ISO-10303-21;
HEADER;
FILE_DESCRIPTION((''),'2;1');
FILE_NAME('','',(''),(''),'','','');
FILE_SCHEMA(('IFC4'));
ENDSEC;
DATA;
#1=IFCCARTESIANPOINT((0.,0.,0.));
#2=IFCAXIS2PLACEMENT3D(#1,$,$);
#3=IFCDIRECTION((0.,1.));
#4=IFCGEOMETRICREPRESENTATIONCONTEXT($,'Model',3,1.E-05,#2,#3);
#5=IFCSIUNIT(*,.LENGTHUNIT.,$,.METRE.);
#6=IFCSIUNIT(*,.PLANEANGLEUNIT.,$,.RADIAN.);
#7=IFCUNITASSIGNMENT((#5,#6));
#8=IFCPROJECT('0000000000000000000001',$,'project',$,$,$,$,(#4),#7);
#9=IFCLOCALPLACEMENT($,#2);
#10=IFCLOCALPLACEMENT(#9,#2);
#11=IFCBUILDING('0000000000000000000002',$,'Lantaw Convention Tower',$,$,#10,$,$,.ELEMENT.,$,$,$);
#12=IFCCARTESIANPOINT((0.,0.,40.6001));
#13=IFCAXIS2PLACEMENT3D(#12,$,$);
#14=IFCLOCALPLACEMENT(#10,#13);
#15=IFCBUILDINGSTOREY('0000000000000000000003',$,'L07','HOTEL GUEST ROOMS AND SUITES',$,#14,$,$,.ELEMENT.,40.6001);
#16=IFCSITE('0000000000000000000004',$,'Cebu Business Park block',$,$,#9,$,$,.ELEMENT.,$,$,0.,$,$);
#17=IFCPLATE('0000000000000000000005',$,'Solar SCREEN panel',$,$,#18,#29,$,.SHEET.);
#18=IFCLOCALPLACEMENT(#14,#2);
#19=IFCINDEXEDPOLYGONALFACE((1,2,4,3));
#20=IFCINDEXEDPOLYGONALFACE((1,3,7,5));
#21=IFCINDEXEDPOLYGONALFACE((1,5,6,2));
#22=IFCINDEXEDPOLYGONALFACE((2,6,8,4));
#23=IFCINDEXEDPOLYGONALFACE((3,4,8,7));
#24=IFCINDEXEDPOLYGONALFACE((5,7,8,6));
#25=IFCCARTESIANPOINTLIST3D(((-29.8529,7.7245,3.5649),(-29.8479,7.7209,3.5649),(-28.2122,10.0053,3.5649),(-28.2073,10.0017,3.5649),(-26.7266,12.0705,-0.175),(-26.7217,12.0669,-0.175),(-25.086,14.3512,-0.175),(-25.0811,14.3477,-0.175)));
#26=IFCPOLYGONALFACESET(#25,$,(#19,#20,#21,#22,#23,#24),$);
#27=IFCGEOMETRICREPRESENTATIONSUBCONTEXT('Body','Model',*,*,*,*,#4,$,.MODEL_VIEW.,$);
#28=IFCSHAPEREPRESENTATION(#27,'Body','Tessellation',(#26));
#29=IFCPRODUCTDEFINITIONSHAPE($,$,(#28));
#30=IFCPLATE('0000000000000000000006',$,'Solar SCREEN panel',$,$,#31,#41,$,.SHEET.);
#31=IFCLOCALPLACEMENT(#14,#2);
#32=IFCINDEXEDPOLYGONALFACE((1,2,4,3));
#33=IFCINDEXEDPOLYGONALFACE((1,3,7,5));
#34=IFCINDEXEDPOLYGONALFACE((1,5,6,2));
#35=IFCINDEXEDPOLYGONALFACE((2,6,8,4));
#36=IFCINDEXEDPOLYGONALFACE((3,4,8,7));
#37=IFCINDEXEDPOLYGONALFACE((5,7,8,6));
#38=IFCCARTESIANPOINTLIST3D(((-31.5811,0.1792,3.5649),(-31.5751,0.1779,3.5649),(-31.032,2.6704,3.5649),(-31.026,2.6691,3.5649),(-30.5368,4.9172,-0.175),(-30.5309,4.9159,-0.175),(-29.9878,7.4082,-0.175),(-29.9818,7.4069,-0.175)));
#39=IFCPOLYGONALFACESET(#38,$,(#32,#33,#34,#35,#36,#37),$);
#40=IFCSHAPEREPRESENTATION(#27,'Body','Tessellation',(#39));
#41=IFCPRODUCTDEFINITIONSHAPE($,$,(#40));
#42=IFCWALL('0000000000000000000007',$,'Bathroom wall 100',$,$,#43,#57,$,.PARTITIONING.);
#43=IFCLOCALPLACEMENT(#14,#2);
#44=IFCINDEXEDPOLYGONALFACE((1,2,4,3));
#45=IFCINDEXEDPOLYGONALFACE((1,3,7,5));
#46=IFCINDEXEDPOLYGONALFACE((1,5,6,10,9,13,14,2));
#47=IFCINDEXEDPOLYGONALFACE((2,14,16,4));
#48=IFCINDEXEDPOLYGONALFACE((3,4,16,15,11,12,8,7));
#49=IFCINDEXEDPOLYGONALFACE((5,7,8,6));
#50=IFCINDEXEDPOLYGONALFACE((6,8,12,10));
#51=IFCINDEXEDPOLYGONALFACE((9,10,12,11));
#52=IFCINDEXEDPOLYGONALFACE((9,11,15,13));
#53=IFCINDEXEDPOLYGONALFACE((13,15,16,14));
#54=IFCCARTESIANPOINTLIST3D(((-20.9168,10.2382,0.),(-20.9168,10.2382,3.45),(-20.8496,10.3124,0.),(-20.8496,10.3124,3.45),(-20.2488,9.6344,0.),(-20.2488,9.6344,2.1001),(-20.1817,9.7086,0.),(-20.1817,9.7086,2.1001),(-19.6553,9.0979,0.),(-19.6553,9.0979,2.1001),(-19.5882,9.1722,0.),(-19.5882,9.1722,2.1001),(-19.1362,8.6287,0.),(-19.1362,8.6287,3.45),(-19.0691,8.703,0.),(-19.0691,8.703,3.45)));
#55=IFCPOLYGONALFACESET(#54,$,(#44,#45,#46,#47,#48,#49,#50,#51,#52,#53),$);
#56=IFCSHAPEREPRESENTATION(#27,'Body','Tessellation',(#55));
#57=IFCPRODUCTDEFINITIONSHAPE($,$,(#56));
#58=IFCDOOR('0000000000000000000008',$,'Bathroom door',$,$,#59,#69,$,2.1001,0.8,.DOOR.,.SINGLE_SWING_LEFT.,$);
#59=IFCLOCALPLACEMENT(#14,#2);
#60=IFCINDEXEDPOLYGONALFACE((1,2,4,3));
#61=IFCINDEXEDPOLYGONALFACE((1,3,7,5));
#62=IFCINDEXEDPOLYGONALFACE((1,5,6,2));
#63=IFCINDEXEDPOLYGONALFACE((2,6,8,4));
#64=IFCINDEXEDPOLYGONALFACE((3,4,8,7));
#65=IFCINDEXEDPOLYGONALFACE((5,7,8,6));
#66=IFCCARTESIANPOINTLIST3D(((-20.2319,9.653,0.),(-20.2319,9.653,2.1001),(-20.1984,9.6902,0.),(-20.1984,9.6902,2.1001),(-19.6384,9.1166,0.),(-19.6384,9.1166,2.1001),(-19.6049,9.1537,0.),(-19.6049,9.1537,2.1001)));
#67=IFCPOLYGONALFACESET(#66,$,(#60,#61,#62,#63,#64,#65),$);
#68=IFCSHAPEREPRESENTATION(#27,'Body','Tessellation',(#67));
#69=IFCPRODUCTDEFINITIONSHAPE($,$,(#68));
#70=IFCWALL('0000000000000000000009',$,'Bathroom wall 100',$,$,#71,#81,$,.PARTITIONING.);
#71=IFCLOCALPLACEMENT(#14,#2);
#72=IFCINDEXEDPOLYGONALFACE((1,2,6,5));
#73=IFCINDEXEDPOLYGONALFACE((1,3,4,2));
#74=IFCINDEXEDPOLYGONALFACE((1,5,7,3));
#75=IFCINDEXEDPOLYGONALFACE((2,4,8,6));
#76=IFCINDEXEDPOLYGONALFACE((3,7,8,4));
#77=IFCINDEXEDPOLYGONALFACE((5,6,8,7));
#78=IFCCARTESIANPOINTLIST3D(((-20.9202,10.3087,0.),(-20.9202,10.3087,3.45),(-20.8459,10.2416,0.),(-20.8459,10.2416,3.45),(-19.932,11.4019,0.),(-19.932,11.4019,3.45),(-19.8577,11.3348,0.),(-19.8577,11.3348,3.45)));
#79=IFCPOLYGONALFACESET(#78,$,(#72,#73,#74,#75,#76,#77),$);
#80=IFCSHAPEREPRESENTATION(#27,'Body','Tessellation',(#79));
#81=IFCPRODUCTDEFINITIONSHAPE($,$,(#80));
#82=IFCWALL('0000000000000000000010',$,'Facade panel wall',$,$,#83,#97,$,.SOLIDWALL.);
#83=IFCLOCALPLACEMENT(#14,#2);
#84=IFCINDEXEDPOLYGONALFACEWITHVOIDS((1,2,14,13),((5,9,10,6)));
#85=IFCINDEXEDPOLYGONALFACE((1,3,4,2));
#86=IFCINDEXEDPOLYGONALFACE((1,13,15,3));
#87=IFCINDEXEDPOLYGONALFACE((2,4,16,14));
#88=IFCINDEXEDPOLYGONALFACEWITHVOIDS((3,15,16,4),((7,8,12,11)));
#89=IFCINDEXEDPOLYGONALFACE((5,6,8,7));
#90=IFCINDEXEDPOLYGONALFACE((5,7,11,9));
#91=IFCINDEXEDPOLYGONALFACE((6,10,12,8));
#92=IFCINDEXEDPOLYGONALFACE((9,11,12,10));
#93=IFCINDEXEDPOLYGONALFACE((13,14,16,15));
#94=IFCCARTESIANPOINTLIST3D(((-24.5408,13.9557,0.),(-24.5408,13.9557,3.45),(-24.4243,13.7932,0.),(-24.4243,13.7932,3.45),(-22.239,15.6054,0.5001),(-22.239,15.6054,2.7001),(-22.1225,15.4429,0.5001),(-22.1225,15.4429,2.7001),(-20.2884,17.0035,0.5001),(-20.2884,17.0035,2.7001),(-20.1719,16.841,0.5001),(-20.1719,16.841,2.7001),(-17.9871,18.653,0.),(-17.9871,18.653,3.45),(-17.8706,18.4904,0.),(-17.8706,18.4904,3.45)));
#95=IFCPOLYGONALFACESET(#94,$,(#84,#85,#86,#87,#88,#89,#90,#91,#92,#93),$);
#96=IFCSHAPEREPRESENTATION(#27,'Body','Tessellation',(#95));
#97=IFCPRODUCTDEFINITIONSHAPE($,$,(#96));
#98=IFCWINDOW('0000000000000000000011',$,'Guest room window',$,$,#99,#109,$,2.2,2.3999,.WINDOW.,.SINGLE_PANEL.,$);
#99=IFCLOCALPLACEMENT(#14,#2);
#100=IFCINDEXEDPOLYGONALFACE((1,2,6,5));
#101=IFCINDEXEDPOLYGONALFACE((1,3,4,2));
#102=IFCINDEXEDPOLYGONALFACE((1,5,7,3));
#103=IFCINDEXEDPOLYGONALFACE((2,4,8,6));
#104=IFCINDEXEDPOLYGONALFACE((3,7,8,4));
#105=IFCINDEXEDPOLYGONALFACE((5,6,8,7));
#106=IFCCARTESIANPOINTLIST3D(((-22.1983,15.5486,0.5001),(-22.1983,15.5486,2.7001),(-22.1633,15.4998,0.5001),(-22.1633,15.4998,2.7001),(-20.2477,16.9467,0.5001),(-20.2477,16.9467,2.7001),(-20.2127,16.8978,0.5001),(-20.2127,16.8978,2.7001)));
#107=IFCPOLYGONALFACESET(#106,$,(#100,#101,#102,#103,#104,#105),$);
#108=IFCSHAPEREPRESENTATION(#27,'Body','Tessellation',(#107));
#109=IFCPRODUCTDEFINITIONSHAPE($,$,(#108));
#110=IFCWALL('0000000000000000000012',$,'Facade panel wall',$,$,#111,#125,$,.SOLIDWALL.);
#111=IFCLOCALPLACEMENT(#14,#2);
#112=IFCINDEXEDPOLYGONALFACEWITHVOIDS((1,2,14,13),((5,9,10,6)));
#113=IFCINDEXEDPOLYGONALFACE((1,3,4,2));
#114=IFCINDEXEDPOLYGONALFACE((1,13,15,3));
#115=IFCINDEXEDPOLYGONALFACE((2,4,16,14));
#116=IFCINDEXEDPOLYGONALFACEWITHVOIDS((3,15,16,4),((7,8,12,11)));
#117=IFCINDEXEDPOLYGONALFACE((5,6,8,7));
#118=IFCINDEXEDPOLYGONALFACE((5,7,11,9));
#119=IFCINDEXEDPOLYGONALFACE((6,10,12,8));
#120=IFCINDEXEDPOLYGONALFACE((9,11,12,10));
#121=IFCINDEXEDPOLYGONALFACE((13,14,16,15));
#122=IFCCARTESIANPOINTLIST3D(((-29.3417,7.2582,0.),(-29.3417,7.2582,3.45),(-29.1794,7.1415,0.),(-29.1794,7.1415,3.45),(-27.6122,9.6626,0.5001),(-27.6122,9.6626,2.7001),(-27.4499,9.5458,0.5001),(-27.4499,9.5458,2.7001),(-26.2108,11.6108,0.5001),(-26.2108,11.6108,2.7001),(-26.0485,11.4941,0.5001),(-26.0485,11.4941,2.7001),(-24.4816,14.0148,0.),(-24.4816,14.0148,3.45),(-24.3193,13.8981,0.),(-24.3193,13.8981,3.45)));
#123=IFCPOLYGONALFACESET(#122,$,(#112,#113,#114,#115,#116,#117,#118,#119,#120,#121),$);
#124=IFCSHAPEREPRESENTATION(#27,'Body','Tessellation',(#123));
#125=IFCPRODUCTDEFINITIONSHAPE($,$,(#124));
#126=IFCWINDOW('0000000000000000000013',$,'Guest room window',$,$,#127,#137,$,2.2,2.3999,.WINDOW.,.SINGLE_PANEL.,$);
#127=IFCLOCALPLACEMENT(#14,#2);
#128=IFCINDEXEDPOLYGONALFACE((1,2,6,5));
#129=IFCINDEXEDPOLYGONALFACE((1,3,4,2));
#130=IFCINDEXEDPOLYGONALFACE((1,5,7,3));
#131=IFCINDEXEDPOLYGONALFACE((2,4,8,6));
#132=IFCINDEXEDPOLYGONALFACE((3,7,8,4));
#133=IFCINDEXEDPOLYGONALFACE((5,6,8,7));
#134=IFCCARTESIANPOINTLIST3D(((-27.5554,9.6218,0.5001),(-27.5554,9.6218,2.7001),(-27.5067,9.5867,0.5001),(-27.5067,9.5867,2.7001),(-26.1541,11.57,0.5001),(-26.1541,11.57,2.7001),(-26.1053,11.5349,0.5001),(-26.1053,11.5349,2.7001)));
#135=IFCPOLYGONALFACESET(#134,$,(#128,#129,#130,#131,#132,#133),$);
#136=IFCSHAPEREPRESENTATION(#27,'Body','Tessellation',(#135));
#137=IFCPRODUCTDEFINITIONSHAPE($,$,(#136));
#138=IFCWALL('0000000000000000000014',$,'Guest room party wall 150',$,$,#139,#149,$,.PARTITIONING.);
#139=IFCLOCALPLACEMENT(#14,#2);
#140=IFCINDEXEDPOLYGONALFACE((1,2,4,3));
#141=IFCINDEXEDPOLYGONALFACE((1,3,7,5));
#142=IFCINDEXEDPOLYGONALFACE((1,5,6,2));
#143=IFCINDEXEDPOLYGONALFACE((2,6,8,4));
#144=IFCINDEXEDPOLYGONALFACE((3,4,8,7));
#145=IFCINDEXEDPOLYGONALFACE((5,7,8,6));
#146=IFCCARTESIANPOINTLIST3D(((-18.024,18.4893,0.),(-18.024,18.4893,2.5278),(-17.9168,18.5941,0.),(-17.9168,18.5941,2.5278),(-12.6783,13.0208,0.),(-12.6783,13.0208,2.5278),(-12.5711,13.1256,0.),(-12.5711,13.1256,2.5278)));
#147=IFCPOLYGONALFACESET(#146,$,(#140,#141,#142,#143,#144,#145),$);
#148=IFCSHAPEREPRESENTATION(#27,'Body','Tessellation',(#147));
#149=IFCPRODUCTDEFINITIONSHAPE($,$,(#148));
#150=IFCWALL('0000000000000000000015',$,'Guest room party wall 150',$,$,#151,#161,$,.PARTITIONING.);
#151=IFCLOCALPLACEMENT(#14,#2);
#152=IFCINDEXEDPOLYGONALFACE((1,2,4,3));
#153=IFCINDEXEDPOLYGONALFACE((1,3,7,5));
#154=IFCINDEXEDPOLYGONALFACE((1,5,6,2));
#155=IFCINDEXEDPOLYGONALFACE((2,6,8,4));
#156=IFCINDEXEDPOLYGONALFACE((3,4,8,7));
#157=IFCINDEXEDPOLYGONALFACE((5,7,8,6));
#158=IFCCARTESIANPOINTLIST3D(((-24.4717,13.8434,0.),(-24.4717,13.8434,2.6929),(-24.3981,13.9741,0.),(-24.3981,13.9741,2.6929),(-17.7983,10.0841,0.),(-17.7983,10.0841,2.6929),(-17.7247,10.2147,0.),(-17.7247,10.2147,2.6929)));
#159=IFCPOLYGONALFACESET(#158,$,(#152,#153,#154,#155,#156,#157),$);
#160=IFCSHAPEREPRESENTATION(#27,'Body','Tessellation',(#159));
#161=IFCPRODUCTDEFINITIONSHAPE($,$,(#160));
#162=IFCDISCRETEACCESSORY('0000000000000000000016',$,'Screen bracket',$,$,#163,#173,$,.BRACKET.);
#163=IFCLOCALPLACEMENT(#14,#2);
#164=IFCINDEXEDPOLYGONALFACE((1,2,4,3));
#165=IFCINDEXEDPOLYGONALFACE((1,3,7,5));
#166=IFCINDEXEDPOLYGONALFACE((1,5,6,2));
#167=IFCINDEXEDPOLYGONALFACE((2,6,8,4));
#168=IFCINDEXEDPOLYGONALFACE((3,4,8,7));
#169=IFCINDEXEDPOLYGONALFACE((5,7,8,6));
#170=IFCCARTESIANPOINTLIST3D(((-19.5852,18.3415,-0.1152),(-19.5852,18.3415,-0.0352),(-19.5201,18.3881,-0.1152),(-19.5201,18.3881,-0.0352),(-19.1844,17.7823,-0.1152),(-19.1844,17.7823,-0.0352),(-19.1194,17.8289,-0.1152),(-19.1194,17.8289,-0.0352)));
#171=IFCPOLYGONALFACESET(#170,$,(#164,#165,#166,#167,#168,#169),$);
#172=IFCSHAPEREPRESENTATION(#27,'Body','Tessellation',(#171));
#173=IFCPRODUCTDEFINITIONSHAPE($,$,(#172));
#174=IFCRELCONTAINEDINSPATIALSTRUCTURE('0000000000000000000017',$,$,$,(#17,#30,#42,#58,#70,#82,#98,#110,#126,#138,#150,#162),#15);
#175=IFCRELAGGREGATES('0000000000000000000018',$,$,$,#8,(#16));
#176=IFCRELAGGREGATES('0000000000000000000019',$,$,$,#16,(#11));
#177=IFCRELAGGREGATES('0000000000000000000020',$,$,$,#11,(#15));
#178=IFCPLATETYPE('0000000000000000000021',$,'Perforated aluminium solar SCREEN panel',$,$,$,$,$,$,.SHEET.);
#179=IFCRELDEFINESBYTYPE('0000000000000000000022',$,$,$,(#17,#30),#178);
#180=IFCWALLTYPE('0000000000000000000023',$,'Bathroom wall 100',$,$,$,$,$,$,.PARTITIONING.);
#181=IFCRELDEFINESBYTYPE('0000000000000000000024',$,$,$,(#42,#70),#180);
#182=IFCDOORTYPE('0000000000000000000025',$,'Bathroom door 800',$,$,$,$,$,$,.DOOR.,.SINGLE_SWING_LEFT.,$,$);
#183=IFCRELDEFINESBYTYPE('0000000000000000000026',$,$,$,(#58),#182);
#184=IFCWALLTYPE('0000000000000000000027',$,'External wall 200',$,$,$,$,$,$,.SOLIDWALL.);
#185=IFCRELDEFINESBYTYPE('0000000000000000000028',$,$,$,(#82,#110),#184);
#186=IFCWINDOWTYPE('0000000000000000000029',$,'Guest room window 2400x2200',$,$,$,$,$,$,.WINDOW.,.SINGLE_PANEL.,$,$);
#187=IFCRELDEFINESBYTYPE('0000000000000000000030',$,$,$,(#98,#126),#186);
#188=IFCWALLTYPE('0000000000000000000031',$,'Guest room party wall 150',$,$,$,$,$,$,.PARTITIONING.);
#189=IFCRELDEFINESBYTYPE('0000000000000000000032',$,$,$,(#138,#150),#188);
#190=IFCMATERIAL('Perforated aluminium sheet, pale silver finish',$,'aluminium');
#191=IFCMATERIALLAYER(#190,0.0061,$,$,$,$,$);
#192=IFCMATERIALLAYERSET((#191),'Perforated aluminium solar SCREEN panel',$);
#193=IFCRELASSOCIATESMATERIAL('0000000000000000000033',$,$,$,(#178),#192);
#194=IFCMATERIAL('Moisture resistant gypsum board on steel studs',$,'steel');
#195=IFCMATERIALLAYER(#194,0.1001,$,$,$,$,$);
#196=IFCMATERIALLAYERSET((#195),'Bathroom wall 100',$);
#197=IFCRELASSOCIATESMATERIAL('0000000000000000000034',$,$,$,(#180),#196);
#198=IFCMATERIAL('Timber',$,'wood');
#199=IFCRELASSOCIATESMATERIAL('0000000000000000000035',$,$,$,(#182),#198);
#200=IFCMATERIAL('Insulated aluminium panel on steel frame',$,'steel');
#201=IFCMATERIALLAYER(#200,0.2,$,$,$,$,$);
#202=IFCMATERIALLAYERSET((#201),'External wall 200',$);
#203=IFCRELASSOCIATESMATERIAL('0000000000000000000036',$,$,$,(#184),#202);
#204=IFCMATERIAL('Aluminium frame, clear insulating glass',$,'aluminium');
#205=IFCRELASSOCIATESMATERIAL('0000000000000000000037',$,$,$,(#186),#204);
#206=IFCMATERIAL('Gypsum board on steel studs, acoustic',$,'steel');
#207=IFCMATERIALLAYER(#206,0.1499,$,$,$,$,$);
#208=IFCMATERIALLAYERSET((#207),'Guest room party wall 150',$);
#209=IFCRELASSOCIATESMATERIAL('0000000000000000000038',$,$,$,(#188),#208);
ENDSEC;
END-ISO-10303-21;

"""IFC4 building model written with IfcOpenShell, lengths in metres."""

from ifc_helpers import new_model, si_unit, direction, frame, frame_2d, origin, origin_2d, place, context, subcontext, project, spatial, polyline, rectangle, outline, extrude, material, layer, layer_set, type_object, element, fill, save


model = new_model("IFC4")

# Units and contexts
model_context = context("Model", 3, precision=1e-05, world=origin(), true_north=direction((0.0, 1.0)))
body_context = subcontext(model_context, "Body", "Model", "MODEL_VIEW")
ifc_project = project(units=[si_unit("LENGTHUNIT", "METRE"), si_unit("PLANEANGLEUNIT", "RADIAN")], contexts=[model_context])

# Site, building, storey
site_placement = place(None, origin())
site = spatial("IfcSite", under=ifc_project, at=site_placement, Name="Cebu Business Park block", CompositionType="ELEMENT", RefElevation=0.0)
building_placement = place(site_placement, origin())
building = spatial("IfcBuilding", under=site, at=building_placement, Name="Lantaw Convention Tower", CompositionType="ELEMENT")
storey_placement = place(building_placement, frame((0.0, 0.0, 40.6001)))
storey = spatial("IfcBuildingStorey", under=building, at=storey_placement, Name="L07", Description="HOTEL GUEST ROOMS AND SUITES", CompositionType="ELEMENT", Elevation=40.6001)

# Plates
ifc_material_1 = material(Name="Perforated aluminium sheet, pale silver finish", Category="aluminium")
ifc_layer_1 = layer(ifc_material_1, 0.0061)
ifc_layer_set_1 = layer_set([ifc_layer_1], Name="Perforated aluminium solar SCREEN panel")
plate_type = type_object("IfcPlateType", Name="Perforated aluminium solar SCREEN panel", PredefinedType="SHEET", material=ifc_layer_set_1)
plate_1_placement = place(storey_placement, frame((-25.0811, 14.3477, -0.175), z_axis=(0.811791, -0.583948, 0.000009), x_axis=(-0.583948, -0.811791, 0.0)))
element("IfcPlate", 1, at=plate_1_placement, inside=storey, type_object=plate_type, Name="Solar SCREEN panel", PredefinedType="SHEET", context=body_context, shape_type="SweptSolid", body=[
    extrude(outline(polyline([(0.0, 0.0), (2.8095, 0.0), (8.1631, -3.74), (5.3536, -3.74), (0.0, 0.0)])), origin(), (0.0, 0.0, -1.0), 0.0061),
])
plate_2_placement = place(storey_placement, frame((-29.9878, 7.4082, -0.175), z_axis=(-0.976559, 0.215248, 0.00003), x_axis=(-0.215248, -0.976559, 0.0)))
element("IfcPlate", 2, at=plate_2_placement, inside=storey, type_object=plate_type, Name="Solar SCREEN panel", PredefinedType="SHEET", context=body_context, shape_type="SweptSolid", body=[
    extrude(outline(polyline([(0.0, 0.0), (2.5508, 0.0), (7.4025, 3.74), (4.8515, 3.74), (0.0, 0.0)])), origin(), (0.0, 0.0, -1.0), 0.0061),
])

# Wall, opening, door
ifc_material_2 = material(Name="Moisture resistant gypsum board on steel studs", Category="steel")
ifc_layer_2 = layer(ifc_material_2, 0.1001)
ifc_layer_set_2 = layer_set([ifc_layer_2], Name="Bathroom wall 100")
wall_type_1 = type_object("IfcWallType", Name="Bathroom wall 100", PredefinedType="PARTITIONING", material=ifc_layer_set_2)
wall_1_placement = place(storey_placement, frame((-19.1025, 8.6658, 0.0), z_axis=(0.0, 0.0, 1.0), x_axis=(-0.741861, 0.670554, 0.0)))
wall_1 = element("IfcWall", 3, at=wall_1_placement, inside=storey, type_object=wall_type_1, Name="Bathroom wall 100", PredefinedType="PARTITIONING", context=body_context, shape_type="SweptSolid", body=[
    extrude(rectangle(XDim=2.4001, YDim=0.1001, at=frame_2d((1.2002, 0.0))), origin(), (0.0, 0.0, 1.0), 3.45),
])
opening_1_placement = place(wall_1_placement, frame((0.7, 0.0, 0.0)))
opening_1 = element("IfcOpeningElement", 4, at=opening_1_placement, cuts=wall_1, PredefinedType="OPENING", context=body_context, shape_type="SweptSolid", body=[
    extrude(rectangle(XDim=0.8, YDim=2.1001, at=frame_2d((0.3999, 1.05))), frame((0.0, 0.0601, 0.0), z_axis=(0.0, -1.0, 0.0), x_axis=(1.0, 0.0, 0.0)), (0.0, 0.0, 1.0), 0.1201),
])
ifc_material_3 = material(Name="Timber", Category="wood")
door_type = type_object("IfcDoorType", Name="Bathroom door 800", OperationType="SINGLE_SWING_LEFT", PredefinedType="DOOR", material=ifc_material_3)
door_placement = place(opening_1_placement, origin())
door = element("IfcDoor", 5, at=door_placement, inside=storey, type_object=door_type, Name="Bathroom door", OperationType="SINGLE_SWING_LEFT", OverallHeight=2.1001, OverallWidth=0.8, PredefinedType="DOOR", context=body_context, shape_type="SweptSolid", body=[
    extrude(rectangle(XDim=0.8, YDim=2.1001, at=frame_2d((0.3999, 1.05))), frame((0.0, 0.0249, 0.0), z_axis=(0.0, -1.0, 0.0), x_axis=(1.0, 0.0, 0.0)), (0.0, 0.0, 1.0), 0.05),
])
fill(opening_1, door)

# Wall
wall_2_placement = place(storey_placement, frame((-20.8831, 10.2751, 0.0), z_axis=(0.0, 0.0, 1.0), x_axis=(0.670592, 0.741826, 0.0)))
element("IfcWall", 6, at=wall_2_placement, inside=storey, type_object=wall_type_1, Name="Bathroom wall 100", PredefinedType="PARTITIONING", context=body_context, shape_type="SweptSolid", body=[
    extrude(rectangle(XDim=1.4736, YDim=0.1001, at=frame_2d((0.7368, 0.0))), origin(), (0.0, 0.0, 1.0), 3.45),
])

# Walls, openings, windows
ifc_material_4 = material(Name="Insulated aluminium panel on steel frame", Category="steel")
ifc_layer_3 = layer(ifc_material_4, 0.2)
ifc_layer_set_3 = layer_set([ifc_layer_3], Name="External wall 200")
wall_type_2 = type_object("IfcWallType", Name="External wall 200", PredefinedType="SOLIDWALL", material=ifc_layer_set_3)
wall_3_placement = place(storey_placement, frame((-17.9287, 18.5718, 0.0), z_axis=(0.0, 0.0, 1.0), x_axis=(-0.812791, -0.582555, 0.0)))
wall_3 = element("IfcWall", 7, at=wall_3_placement, inside=storey, type_object=wall_type_2, Name="Facade panel wall", PredefinedType="SOLIDWALL", context=body_context, shape_type="SweptSolid", body=[
    extrude(rectangle(XDim=8.0632, YDim=0.2, at=frame_2d((4.0317, 0.0))), origin(), (0.0, 0.0, 1.0), 3.45),
])
opening_2_placement = place(wall_3_placement, frame((2.8315, 0.0, 0.5)))
opening_2 = element("IfcOpeningElement", 8, at=opening_2_placement, cuts=wall_3, PredefinedType="OPENING", context=body_context, shape_type="SweptSolid", body=[
    extrude(rectangle(XDim=2.3999, YDim=2.2, at=frame_2d((1.2, 1.1001))), frame((0.0, 0.1099, 0.0), z_axis=(0.0, -1.0, 0.0), x_axis=(1.0, 0.0, 0.0)), (0.0, 0.0, 1.0), 0.22),
])
ifc_material_5 = material(Name="Aluminium frame, clear insulating glass", Category="aluminium")
window_type = type_object("IfcWindowType", Name="Guest room window 2400x2200", PartitioningType="SINGLE_PANEL", PredefinedType="WINDOW", material=ifc_material_5)
window_1_placement = place(opening_2_placement, origin())
window_1 = element("IfcWindow", 9, at=window_1_placement, inside=storey, type_object=window_type, Name="Guest room window", OverallHeight=2.2, OverallWidth=2.3999, PartitioningType="SINGLE_PANEL", PredefinedType="WINDOW", context=body_context, shape_type="SweptSolid", body=[
    extrude(rectangle(XDim=2.3999, YDim=2.2, at=frame_2d((1.2, 1.1001))), frame((0.0, 0.03, 0.0), z_axis=(0.0, -1.0, 0.0), x_axis=(1.0, 0.0, 0.0)), (0.0, 0.0, 1.0), 0.0601),
])
fill(opening_2, window_1)
wall_4_placement = place(storey_placement, frame((-24.4004, 13.9565, 0.0), z_axis=(0.0, 0.0, 1.0), x_axis=(-0.583938, -0.811799, 0.0)))
wall_4 = element("IfcWall", 10, at=wall_4_placement, inside=storey, type_object=wall_type_2, Name="Facade panel wall", PredefinedType="SOLIDWALL", context=body_context, shape_type="SweptSolid", body=[
    extrude(rectangle(XDim=8.323, YDim=0.2, at=frame_2d((4.1616, 0.0))), origin(), (0.0, 0.0, 1.0), 3.45),
])
opening_3_placement = place(wall_4_placement, frame((2.9614, 0.0, 0.5)))
opening_3 = element("IfcOpeningElement", 11, at=opening_3_placement, cuts=wall_4, PredefinedType="OPENING", context=body_context, shape_type="SweptSolid", body=[
    extrude(rectangle(XDim=2.3999, YDim=2.2, at=frame_2d((1.2, 1.1001))), frame((0.0, 0.1099, 0.0), z_axis=(0.0, -1.0, 0.0), x_axis=(1.0, 0.0, 0.0)), (0.0, 0.0, 1.0), 0.22),
])
window_2_placement = place(opening_3_placement, origin())
window_2 = element("IfcWindow", 12, at=window_2_placement, inside=storey, type_object=window_type, Name="Guest room window", OverallHeight=2.2, OverallWidth=2.3999, PartitioningType="SINGLE_PANEL", PredefinedType="WINDOW", context=body_context, shape_type="SweptSolid", body=[
    extrude(rectangle(XDim=2.3999, YDim=2.2, at=frame_2d((1.2, 1.1001))), frame((0.0, 0.03, 0.0), z_axis=(0.0, -1.0, 0.0), x_axis=(1.0, 0.0, 0.0)), (0.0, 0.0, 1.0), 0.0601),
])
fill(opening_3, window_2)

# Walls
ifc_material_6 = material(Name="Gypsum board on steel studs, acoustic", Category="steel")
ifc_layer_4 = layer(ifc_material_6, 0.1499)
ifc_layer_set_4 = layer_set([ifc_layer_4], Name="Guest room party wall 150")
wall_type_3 = type_object("IfcWallType", Name="Guest room party wall 150", PredefinedType="PARTITIONING", material=ifc_layer_set_4)
wall_5_placement = place(storey_placement, frame((-17.9705, 18.5417, 0.0), z_axis=(0.0, 0.0, 1.0), x_axis=(0.699032, -0.71509, 0.0)))
element("IfcWall", 13, at=wall_5_placement, inside=storey, type_object=wall_type_3, Name="Guest room party wall 150", PredefinedType="PARTITIONING", context=body_context, shape_type="SweptSolid", body=[
    extrude(rectangle(XDim=7.6472, YDim=0.1499, at=frame_2d((3.8237, 0.0))), origin(), (0.0, 0.0, 1.0), 2.5278),
])
wall_6_placement = place(storey_placement, frame((-24.4348, 13.9087, 0.0), z_axis=(0.0, 0.0, 1.0), x_axis=(0.871267, -0.490809, 0.0)))
element("IfcWall", 14, at=wall_6_placement, inside=storey, type_object=wall_type_3, Name="Guest room party wall 150", PredefinedType="PARTITIONING", context=body_context, shape_type="SweptSolid", body=[
    extrude(rectangle(XDim=7.6594, YDim=0.1499, at=frame_2d((3.8296, 0.0))), origin(), (0.0, 0.0, 1.0), 2.6929),
])

# Discrete accessory
for number, where, z_axis, x_axis, name in (
    (15, (-19.3523, 18.0852, -0.1152), (0.0, 0.0, 1.0), (-0.812804, -0.582538, 0.0), "Screen bracket"),
):
    element("IfcDiscreteAccessory", number, at=place(storey_placement, frame(where, z_axis=z_axis, x_axis=x_axis)), inside=storey, Name=name, PredefinedType="BRACKET", context=body_context, shape_type="SweptSolid", body=[
        extrude(rectangle(XDim=0.0801, YDim=0.688, at=origin_2d()), origin(), (0.0, 0.0, 1.0), 0.0801),
    ])

save(model, "model.ifc")
